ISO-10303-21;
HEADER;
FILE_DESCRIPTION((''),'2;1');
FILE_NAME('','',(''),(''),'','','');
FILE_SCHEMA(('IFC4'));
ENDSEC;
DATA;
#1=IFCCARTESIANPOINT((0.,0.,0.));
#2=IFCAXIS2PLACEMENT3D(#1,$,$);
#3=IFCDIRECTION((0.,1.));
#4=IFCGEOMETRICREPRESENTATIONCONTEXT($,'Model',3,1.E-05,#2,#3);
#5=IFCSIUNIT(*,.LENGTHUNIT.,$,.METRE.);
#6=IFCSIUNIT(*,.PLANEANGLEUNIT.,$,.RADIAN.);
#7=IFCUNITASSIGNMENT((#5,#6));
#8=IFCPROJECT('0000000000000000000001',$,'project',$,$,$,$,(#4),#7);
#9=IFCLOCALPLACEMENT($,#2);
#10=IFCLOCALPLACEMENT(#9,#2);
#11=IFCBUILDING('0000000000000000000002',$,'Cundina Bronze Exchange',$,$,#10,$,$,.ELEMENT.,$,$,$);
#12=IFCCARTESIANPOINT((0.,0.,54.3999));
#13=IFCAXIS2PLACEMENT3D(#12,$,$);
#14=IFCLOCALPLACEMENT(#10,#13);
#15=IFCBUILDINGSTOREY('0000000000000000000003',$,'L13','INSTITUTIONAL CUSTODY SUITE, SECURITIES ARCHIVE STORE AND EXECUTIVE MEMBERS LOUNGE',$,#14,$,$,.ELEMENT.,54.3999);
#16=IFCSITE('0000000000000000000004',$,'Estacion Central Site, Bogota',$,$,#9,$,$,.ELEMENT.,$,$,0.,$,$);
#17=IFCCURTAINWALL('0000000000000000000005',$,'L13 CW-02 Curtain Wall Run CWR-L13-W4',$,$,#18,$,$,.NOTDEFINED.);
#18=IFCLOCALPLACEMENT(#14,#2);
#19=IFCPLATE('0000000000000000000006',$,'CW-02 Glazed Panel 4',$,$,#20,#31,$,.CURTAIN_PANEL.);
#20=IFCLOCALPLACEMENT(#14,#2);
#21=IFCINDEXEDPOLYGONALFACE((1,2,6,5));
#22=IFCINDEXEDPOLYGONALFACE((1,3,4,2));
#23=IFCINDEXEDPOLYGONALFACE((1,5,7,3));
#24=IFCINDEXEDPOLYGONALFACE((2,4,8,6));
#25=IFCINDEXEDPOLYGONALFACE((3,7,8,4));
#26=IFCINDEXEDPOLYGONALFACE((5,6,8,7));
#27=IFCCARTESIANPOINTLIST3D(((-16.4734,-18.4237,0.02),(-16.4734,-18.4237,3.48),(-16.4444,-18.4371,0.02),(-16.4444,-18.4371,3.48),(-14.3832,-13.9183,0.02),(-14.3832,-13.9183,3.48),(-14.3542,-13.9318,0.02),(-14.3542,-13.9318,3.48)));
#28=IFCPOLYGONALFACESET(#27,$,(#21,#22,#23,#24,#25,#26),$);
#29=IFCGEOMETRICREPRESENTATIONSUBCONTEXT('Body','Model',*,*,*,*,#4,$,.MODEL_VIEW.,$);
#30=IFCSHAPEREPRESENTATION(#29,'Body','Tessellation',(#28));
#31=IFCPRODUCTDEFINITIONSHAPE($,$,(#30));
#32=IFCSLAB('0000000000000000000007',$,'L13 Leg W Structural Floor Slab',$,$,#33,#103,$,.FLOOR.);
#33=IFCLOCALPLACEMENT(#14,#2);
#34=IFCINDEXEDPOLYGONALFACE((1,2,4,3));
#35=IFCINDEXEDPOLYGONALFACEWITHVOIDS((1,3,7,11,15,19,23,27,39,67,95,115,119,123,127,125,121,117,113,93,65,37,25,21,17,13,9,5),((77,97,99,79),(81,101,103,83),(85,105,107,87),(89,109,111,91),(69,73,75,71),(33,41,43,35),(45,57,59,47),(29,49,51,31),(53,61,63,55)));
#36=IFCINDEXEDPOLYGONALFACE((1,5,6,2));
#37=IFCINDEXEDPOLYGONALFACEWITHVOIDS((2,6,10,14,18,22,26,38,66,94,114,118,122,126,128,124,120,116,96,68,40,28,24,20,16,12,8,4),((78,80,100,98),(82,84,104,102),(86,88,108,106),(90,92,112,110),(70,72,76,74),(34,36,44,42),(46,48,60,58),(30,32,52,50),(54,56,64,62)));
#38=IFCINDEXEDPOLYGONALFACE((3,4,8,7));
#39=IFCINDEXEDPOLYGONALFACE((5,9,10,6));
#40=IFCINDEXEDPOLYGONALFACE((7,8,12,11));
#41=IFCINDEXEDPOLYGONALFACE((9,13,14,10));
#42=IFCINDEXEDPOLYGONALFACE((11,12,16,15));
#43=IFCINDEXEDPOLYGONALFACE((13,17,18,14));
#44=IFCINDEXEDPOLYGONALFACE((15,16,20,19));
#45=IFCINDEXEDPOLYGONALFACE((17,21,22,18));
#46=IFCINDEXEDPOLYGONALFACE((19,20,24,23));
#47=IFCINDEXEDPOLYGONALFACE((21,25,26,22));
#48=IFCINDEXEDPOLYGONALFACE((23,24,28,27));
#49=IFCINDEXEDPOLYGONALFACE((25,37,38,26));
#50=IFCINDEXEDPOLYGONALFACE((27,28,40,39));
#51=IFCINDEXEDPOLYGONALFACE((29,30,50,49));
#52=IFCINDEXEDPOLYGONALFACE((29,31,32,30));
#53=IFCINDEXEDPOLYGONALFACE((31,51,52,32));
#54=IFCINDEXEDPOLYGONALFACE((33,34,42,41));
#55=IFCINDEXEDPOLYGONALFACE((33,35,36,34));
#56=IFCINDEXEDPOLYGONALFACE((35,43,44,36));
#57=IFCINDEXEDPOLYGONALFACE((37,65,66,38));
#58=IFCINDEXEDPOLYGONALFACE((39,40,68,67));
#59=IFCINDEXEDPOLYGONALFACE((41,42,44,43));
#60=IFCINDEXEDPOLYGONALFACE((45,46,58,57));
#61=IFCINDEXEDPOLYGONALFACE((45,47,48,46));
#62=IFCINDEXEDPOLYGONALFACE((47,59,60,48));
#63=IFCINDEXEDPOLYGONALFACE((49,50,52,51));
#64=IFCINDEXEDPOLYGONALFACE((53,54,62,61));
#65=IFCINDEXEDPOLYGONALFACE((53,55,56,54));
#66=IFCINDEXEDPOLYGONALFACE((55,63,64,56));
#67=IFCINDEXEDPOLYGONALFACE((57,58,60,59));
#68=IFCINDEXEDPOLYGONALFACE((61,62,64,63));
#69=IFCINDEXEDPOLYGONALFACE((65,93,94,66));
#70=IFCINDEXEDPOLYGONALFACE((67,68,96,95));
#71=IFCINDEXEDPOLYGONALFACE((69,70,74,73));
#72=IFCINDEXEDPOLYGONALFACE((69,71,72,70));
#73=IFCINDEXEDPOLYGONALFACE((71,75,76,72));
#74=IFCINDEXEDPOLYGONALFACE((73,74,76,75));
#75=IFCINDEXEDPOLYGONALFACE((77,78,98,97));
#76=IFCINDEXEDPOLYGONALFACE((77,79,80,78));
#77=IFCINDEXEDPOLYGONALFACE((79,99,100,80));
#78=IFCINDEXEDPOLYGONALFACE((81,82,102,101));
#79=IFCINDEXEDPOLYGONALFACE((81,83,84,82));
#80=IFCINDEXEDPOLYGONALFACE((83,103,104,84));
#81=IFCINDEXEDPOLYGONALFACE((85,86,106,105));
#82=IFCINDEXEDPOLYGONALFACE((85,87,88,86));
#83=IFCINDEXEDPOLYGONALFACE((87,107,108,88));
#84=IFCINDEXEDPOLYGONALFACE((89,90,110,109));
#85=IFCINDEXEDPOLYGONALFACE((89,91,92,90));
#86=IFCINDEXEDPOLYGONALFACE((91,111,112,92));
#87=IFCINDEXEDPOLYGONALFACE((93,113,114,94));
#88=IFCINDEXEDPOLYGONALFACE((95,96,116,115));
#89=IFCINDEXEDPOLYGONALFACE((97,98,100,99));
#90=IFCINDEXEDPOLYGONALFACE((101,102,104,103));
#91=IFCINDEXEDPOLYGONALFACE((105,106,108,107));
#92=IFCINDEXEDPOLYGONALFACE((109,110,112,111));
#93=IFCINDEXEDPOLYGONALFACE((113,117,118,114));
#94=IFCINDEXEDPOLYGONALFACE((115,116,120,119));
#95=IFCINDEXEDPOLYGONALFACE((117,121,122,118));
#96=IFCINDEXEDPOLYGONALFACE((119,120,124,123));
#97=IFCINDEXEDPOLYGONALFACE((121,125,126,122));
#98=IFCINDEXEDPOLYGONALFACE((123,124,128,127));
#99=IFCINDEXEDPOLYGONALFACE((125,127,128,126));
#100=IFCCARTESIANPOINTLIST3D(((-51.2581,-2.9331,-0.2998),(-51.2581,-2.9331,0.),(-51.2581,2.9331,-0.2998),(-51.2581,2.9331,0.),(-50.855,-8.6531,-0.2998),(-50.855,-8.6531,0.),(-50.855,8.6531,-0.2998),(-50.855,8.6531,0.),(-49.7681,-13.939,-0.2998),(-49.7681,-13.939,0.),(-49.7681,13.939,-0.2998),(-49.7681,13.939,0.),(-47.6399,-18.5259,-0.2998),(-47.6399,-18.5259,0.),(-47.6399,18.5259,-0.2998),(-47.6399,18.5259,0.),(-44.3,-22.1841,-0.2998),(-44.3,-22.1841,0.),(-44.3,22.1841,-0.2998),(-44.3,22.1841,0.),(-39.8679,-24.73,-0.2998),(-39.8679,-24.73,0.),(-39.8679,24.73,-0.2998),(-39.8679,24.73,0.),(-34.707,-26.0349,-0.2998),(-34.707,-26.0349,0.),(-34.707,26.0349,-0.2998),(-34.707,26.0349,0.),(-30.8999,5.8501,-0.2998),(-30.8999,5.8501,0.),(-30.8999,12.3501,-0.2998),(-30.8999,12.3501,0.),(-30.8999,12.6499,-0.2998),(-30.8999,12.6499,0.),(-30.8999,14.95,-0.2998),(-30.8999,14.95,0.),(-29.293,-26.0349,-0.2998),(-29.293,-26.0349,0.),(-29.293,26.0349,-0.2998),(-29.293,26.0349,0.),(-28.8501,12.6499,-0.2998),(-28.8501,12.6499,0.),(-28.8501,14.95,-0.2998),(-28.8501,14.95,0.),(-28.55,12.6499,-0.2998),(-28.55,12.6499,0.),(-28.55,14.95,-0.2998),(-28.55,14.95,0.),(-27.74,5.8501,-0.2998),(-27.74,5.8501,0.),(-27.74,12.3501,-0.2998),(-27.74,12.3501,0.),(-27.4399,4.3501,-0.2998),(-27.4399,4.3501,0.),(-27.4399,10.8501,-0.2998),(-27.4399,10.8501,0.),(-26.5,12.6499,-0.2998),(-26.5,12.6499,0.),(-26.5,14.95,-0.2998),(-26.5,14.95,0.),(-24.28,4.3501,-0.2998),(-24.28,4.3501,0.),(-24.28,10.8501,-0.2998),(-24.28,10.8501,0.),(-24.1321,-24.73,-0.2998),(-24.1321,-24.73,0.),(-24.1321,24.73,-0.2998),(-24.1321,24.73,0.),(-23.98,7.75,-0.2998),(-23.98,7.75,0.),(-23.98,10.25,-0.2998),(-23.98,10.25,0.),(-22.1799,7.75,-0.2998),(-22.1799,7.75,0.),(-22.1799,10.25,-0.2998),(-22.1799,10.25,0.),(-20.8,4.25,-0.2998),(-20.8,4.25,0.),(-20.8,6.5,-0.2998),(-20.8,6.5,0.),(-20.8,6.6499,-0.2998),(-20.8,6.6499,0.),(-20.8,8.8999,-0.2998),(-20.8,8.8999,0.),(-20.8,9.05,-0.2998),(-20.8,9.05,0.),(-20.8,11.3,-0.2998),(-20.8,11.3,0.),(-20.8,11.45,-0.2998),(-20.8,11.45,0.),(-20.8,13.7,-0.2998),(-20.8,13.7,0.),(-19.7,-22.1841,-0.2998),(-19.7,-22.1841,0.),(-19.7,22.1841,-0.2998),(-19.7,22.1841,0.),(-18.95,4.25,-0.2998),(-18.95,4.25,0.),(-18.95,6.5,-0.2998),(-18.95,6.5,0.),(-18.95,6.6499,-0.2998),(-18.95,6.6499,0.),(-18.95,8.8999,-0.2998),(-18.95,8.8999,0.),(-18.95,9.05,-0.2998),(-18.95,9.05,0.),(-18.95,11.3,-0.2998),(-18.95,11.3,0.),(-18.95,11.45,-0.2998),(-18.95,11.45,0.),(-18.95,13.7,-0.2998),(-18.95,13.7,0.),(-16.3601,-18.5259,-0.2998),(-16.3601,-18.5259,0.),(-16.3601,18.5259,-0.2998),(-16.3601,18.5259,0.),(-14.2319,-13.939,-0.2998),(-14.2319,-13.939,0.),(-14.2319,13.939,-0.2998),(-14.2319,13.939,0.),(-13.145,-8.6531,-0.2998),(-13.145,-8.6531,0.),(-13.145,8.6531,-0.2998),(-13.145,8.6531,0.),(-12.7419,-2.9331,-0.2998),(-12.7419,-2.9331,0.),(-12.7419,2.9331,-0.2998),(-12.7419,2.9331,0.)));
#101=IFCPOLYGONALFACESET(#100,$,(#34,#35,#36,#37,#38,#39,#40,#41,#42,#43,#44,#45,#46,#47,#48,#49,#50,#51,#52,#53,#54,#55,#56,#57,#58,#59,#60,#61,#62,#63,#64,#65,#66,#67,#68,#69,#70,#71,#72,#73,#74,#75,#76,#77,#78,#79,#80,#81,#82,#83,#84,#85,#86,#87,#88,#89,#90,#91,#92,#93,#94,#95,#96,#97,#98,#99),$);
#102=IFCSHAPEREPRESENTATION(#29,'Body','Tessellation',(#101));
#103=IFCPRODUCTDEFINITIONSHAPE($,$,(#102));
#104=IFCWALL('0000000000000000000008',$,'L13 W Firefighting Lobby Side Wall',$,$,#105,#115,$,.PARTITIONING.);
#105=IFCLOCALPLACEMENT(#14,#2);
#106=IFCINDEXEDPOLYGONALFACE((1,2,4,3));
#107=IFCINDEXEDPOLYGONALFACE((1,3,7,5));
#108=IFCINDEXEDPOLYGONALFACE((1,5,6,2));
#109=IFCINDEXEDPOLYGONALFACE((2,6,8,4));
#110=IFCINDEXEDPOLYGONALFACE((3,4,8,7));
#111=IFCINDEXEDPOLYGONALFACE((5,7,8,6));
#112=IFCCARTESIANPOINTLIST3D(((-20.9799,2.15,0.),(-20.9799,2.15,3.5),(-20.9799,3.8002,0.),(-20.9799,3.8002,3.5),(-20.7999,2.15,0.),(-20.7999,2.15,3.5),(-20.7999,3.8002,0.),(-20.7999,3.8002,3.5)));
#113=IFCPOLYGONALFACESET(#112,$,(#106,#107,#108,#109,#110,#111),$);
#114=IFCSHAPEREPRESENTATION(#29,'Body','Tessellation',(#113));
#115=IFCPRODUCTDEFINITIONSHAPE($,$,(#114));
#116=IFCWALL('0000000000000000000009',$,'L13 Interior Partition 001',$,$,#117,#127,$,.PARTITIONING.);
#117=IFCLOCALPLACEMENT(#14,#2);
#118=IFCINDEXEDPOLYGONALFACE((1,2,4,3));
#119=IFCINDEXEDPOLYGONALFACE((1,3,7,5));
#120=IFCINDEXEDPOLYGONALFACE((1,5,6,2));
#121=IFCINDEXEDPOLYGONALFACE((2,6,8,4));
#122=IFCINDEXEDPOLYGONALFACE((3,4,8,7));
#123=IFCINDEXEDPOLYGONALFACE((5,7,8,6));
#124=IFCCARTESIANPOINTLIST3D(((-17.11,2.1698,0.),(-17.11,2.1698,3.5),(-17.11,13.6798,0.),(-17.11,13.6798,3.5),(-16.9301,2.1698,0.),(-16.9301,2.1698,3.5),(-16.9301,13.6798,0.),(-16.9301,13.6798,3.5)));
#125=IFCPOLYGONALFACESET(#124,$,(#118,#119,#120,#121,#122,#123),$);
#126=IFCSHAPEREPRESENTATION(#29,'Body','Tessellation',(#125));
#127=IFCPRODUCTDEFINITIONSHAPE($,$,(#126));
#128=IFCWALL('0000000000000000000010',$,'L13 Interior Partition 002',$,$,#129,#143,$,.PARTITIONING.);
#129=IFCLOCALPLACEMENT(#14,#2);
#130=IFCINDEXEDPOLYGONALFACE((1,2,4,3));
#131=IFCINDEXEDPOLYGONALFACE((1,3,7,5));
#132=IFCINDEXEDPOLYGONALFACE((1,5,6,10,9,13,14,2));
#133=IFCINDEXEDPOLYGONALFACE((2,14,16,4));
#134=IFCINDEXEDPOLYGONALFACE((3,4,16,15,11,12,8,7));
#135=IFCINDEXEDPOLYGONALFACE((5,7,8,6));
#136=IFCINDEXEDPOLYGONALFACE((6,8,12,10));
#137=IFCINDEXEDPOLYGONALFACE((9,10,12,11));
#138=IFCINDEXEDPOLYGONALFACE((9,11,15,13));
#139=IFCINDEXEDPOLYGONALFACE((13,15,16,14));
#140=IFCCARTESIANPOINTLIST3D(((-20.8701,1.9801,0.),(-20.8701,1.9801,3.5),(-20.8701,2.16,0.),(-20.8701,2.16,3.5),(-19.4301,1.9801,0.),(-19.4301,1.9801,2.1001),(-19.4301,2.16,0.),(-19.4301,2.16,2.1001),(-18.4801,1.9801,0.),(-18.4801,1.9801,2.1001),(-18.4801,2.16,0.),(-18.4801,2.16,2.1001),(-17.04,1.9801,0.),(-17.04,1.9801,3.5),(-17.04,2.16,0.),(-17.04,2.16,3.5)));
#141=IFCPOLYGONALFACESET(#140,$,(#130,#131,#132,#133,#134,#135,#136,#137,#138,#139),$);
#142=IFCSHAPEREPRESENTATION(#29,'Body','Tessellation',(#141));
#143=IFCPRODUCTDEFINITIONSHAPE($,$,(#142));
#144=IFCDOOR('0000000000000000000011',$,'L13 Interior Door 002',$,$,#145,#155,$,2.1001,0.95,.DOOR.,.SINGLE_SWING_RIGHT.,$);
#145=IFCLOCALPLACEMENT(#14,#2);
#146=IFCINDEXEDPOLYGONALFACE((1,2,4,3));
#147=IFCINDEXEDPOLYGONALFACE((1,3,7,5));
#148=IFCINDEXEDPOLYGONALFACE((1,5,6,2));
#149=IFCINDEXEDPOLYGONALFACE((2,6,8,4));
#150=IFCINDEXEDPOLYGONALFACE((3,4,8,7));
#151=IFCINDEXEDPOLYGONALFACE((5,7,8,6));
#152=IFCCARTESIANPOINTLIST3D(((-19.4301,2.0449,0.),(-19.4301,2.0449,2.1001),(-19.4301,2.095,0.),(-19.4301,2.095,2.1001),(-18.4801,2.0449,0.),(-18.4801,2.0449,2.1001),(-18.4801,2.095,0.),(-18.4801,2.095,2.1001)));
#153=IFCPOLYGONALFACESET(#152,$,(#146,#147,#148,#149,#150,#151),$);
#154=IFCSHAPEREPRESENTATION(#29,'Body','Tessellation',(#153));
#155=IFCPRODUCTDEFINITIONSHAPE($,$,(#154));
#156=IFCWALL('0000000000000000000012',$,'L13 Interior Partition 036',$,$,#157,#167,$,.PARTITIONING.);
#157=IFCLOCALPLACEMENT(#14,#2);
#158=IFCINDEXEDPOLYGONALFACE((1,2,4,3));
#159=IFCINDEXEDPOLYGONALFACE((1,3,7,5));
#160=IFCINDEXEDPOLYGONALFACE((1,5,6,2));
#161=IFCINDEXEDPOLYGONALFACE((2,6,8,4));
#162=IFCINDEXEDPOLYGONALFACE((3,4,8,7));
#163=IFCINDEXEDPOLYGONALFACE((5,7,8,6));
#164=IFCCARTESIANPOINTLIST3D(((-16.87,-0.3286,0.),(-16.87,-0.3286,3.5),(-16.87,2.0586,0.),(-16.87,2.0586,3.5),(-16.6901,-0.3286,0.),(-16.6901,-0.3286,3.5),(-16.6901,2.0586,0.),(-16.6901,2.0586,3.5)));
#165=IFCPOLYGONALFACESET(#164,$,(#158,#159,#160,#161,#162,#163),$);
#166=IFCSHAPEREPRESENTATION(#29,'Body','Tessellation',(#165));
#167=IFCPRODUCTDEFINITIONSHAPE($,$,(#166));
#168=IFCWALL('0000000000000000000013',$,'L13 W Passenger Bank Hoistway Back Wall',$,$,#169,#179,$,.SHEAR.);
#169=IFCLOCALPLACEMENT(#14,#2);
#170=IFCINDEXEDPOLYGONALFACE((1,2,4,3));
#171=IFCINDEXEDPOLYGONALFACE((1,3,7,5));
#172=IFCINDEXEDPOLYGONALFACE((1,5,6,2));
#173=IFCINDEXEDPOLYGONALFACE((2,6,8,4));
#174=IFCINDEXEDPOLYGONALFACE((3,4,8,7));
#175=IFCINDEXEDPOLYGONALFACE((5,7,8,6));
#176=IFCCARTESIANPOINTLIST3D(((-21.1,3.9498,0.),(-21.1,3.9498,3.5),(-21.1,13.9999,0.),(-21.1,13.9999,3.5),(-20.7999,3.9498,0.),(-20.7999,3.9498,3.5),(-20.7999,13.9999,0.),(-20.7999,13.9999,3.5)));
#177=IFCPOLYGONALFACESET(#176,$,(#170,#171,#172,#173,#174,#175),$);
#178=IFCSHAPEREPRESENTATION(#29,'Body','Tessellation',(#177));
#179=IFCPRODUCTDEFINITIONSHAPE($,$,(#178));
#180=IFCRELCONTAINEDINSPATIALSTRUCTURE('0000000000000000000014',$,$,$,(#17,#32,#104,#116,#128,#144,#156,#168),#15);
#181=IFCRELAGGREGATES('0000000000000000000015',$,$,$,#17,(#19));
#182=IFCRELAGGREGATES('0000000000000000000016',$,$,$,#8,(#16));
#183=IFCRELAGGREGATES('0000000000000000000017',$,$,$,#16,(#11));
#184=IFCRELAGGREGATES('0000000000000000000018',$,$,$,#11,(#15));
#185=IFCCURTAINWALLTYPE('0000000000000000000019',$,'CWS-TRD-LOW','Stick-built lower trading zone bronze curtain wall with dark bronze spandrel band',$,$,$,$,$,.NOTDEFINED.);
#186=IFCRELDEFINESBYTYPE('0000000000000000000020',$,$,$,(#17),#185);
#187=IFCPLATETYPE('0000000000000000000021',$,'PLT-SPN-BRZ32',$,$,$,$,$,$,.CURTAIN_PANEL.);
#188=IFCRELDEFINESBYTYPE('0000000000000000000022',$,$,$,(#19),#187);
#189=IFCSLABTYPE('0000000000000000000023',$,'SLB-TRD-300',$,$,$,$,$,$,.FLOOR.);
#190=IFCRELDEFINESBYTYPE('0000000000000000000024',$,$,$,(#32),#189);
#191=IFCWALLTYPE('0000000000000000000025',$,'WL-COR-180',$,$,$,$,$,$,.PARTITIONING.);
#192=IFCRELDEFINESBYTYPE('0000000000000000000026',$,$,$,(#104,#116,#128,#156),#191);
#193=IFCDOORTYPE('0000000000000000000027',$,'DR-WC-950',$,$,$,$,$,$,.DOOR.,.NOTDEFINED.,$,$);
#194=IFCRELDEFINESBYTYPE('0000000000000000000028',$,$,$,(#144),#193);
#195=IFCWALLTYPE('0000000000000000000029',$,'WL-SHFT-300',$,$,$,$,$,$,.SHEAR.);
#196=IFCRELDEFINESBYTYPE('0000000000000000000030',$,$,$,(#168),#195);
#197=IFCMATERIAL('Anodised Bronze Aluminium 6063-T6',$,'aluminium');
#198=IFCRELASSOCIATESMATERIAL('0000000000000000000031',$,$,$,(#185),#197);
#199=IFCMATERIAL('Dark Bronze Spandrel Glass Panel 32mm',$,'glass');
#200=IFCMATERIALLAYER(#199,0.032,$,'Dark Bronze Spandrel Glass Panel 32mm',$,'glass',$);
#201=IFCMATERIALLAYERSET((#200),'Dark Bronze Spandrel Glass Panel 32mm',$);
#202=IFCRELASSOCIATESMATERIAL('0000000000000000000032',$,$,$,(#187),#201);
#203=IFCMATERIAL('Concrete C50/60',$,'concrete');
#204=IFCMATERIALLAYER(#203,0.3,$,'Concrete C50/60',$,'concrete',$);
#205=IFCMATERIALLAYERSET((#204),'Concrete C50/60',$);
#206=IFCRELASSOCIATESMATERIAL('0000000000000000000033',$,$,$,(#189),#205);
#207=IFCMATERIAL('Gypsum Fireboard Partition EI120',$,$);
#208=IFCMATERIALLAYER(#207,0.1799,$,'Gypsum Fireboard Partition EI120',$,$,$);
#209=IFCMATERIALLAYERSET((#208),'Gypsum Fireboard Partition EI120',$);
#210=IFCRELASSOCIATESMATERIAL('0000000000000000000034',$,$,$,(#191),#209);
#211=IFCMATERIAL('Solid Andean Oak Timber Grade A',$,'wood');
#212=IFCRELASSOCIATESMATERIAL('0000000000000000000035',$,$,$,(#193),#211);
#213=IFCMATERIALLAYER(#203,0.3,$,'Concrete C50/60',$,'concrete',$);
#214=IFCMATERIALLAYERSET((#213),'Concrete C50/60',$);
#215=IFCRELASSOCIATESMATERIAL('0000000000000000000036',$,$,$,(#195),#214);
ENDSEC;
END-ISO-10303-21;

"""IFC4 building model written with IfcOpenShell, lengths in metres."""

from ifc_helpers import new_model, si_unit, direction, frame, frame_2d, origin, origin_2d, place, context, subcontext, project, spatial, polyline, rectangle, outline, extrude, material, layer, layer_set, type_object, element, fill, aggregate, save


model = new_model("IFC4")

# Units and contexts
model_context = context("Model", 3, precision=1e-05, world=origin(), true_north=direction((0.0, 1.0)))
body_context = subcontext(model_context, "Body", "Model", "MODEL_VIEW")
ifc_project = project(units=[si_unit("LENGTHUNIT", "METRE"), si_unit("PLANEANGLEUNIT", "RADIAN")], contexts=[model_context])

# Site, building, storey
site_placement = place(None, origin())
site = spatial("IfcSite", under=ifc_project, at=site_placement, Name="Estacion Central Site, Bogota", CompositionType="ELEMENT", RefElevation=0.0)
building_placement = place(site_placement, origin())
building = spatial("IfcBuilding", under=site, at=building_placement, Name="Cundina Bronze Exchange", CompositionType="ELEMENT")
storey_placement = place(building_placement, frame((0.0, 0.0, 54.3999)))
storey = spatial("IfcBuildingStorey", under=building, at=storey_placement, Name="L13", Description="INSTITUTIONAL CUSTODY SUITE, SECURITIES ARCHIVE STORE AND EXECUTIVE MEMBERS LOUNGE", CompositionType="ELEMENT", Elevation=54.3999)

# Shared definitions
ifc_material_1 = material(Name="Anodised Bronze Aluminium 6063-T6", Category="aluminium")
curtain_wall_type = type_object("IfcCurtainWallType", Name="CWS-TRD-LOW", Description="Stick-built lower trading zone bronze curtain wall with dark bronze spandrel band", PredefinedType="NOTDEFINED", material=ifc_material_1)

# Curtain wall
curtain_wall_1_placement = place(storey_placement, origin())
curtain_wall_1 = element("IfcCurtainWall", 1, at=curtain_wall_1_placement, inside=storey, type_object=curtain_wall_type, Name="L13 CW-02 Curtain Wall Run CWR-L13-W4", PredefinedType="NOTDEFINED")

# Plate
ifc_material_2 = material(Name="Dark Bronze Spandrel Glass Panel 32mm", Category="glass")
ifc_layer_1 = layer(ifc_material_2, 0.032, Name="Dark Bronze Spandrel Glass Panel 32mm", Category="glass")
ifc_layer_set_1 = layer_set([ifc_layer_1], Name="Dark Bronze Spandrel Glass Panel 32mm")
plate_type_1 = type_object("IfcPlateType", Name="PLT-SPN-BRZ32", PredefinedType="CURTAIN_PANEL", material=ifc_layer_set_1)
plate_1_placement = place(storey_placement, frame((-15.4138, -16.1777, 0.02), z_axis=(0.0, 0.0, 1.0), x_axis=(0.420846, 0.907132, 0.0)))
plate_1 = element("IfcPlate", 2, at=plate_1_placement, type_object=plate_type_1, Name="CW-02 Glazed Panel 4", PredefinedType="CURTAIN_PANEL", context=body_context, shape_type="SweptSolid", body=[
    extrude(rectangle(XDim=4.9666, YDim=0.032, at=origin_2d()), origin(), (0.0, 0.0, 1.0), 3.46),
])
aggregate(curtain_wall_1, [plate_1])

# Slab
ifc_material_3 = material(Name="Concrete C50/60", Category="concrete")
ifc_layer_2 = layer(ifc_material_3, 0.3, Name="Concrete C50/60", Category="concrete")
ifc_layer_set_2 = layer_set([ifc_layer_2], Name="Concrete C50/60")
slab_type = type_object("IfcSlabType", Name="SLB-TRD-300", PredefinedType="FLOOR", material=ifc_layer_set_2)
slab_placement = place(storey_placement, frame((0.0, 0.0, -0.2998)))
element("IfcSlab", 3, at=slab_placement, inside=storey, type_object=slab_type, Name="L13 Leg W Structural Floor Slab", PredefinedType="FLOOR", context=body_context, shape_type="SweptSolid", body=[
    extrude(outline(polyline([(-12.7419, 2.9331), (-13.145, 8.6531), (-14.2319, 13.939), (-16.3601, 18.5259), (-19.7, 22.1841), (-24.1321, 24.73), (-29.293, 26.0349), (-34.707, 26.0349), (-39.8679, 24.73), (-44.3, 22.1841), (-47.6399, 18.5259), (-49.7681, 13.939), (-50.855, 8.6531), (-51.2581, 2.9331), (-51.2581, -2.9331), (-50.855, -8.6531), (-49.7681, -13.939), (-47.6399, -18.5259), (-44.3, -22.1841), (-39.8679, -24.73), (-34.707, -26.0349), (-29.293, -26.0349), (-24.1321, -24.73), (-19.7, -22.1841), (-16.3601, -18.5259), (-14.2319, -13.939), (-13.145, -8.6531), (-12.7419, -2.9331), (-12.7419, 2.9331)]), holes=[polyline([(-27.74, 5.8501), (-27.74, 12.3501), (-30.8999, 12.3501), (-30.8999, 5.8501), (-27.74, 5.8501)]), polyline([(-27.4399, 10.8501), (-27.4399, 4.3501), (-24.28, 4.3501), (-24.28, 10.8501), (-27.4399, 10.8501)]), polyline([(-23.98, 10.25), (-22.1799, 10.25), (-22.1799, 7.75), (-23.98, 7.75), (-23.98, 10.25)]), polyline([(-30.8999, 14.95), (-28.8501, 14.95), (-28.8501, 12.6499), (-30.8999, 12.6499), (-30.8999, 14.95)]), polyline([(-28.55, 14.95), (-26.5, 14.95), (-26.5, 12.6499), (-28.55, 12.6499), (-28.55, 14.95)]), polyline([(-20.8, 13.7), (-18.95, 13.7), (-18.95, 11.45), (-20.8, 11.45), (-20.8, 13.7)]), polyline([(-20.8, 11.3), (-18.95, 11.3), (-18.95, 9.05), (-20.8, 9.05), (-20.8, 11.3)]), polyline([(-20.8, 8.8999), (-18.95, 8.8999), (-18.95, 6.6499), (-20.8, 6.6499), (-20.8, 8.8999)]), polyline([(-20.8, 6.5), (-18.95, 6.5), (-18.95, 4.25), (-20.8, 4.25), (-20.8, 6.5)])]), origin(), (0.0, 0.0, 1.0), 0.2998),
])

# Walls
ifc_material_4 = material(Name="Gypsum Fireboard Partition EI120")
ifc_layer_3 = layer(ifc_material_4, 0.1799, Name="Gypsum Fireboard Partition EI120")
ifc_layer_set_3 = layer_set([ifc_layer_3], Name="Gypsum Fireboard Partition EI120")
wall_type_1 = type_object("IfcWallType", Name="WL-COR-180", PredefinedType="PARTITIONING", material=ifc_layer_set_3)
wall_1_placement = place(storey_placement, frame((-20.8899, 2.1499, 0.0), z_axis=(0.0, 0.0, 1.0), x_axis=(0.0, 1.0, 0.0)))
element("IfcWall", 4, at=wall_1_placement, inside=storey, type_object=wall_type_1, Name="L13 W Firefighting Lobby Side Wall", PredefinedType="PARTITIONING", context=body_context, shape_type="SweptSolid", body=[
    extrude(rectangle(XDim=1.6501, YDim=0.1799, at=frame_2d((0.8252, 0.0))), origin(), (0.0, 0.0, 1.0), 3.5),
])
wall_2_placement = place(storey_placement, frame((-17.02, 2.1699, 0.0), z_axis=(0.0, 0.0, 1.0), x_axis=(0.0, 1.0, 0.0)))
element("IfcWall", 5, at=wall_2_placement, inside=storey, type_object=wall_type_1, Name="L13 Interior Partition 001", PredefinedType="PARTITIONING", context=body_context, shape_type="SweptSolid", body=[
    extrude(rectangle(XDim=11.51, YDim=0.1799, at=frame_2d((5.7549, 0.0))), origin(), (0.0, 0.0, 1.0), 3.5),
])

# Wall, opening, door
wall_3_placement = place(storey_placement, frame((-20.8701, 2.0701, 0.0), z_axis=(0.0, 0.0, 1.0), x_axis=(1.0, 0.0, 0.0)))
wall_3 = element("IfcWall", 6, at=wall_3_placement, inside=storey, type_object=wall_type_1, Name="L13 Interior Partition 002", PredefinedType="PARTITIONING", context=body_context, shape_type="SweptSolid", body=[
    extrude(rectangle(XDim=3.8301, YDim=0.1799, at=frame_2d((1.915, 0.0))), origin(), (0.0, 0.0, 1.0), 3.5),
])
opening_placement = place(wall_3_placement, frame((1.4399, 0.0, 0.0)))
opening = element("IfcOpeningElement", 7, at=opening_placement, cuts=wall_3, PredefinedType="OPENING", context=body_context, shape_type="SweptSolid", body=[
    extrude(rectangle(XDim=0.95, YDim=2.1001, at=frame_2d((0.4751, 1.05))), frame((0.0, 0.0999, 0.0), z_axis=(0.0, -1.0, 0.0), x_axis=(1.0, 0.0, 0.0)), (0.0, 0.0, 1.0), 0.2),
])
ifc_material_5 = material(Name="Solid Andean Oak Timber Grade A", Category="wood")
door_type = type_object("IfcDoorType", Name="DR-WC-950", OperationType="NOTDEFINED", PredefinedType="DOOR", material=ifc_material_5)
door_placement = place(opening_placement, origin())
door = element("IfcDoor", 8, at=door_placement, inside=storey, type_object=door_type, Name="L13 Interior Door 002", OperationType="SINGLE_SWING_RIGHT", OverallHeight=2.1001, OverallWidth=0.95, PredefinedType="DOOR", context=body_context, shape_type="SweptSolid", body=[
    extrude(rectangle(XDim=0.95, YDim=2.1001, at=frame_2d((0.4751, 1.05))), frame((0.0, 0.0249, 0.0), z_axis=(0.0, -1.0, 0.0), x_axis=(1.0, 0.0, 0.0)), (0.0, 0.0, 1.0), 0.05),
])
fill(opening, door)

# Walls
wall_4_placement = place(storey_placement, frame((-16.78, -0.3286, 0.0), z_axis=(0.0, 0.0, 1.0), x_axis=(0.0, 1.0, 0.0)))
element("IfcWall", 9, at=wall_4_placement, inside=storey, type_object=wall_type_1, Name="L13 Interior Partition 036", PredefinedType="PARTITIONING", context=body_context, shape_type="SweptSolid", body=[
    extrude(rectangle(XDim=2.3872, YDim=0.1799, at=frame_2d((1.1936, 0.0))), origin(), (0.0, 0.0, 1.0), 3.5),
])
ifc_layer_4 = layer(ifc_material_3, 0.3, Name="Concrete C50/60", Category="concrete")
ifc_layer_set_4 = layer_set([ifc_layer_4], Name="Concrete C50/60")
wall_type_2 = type_object("IfcWallType", Name="WL-SHFT-300", PredefinedType="SHEAR", material=ifc_layer_set_4)
wall_5_placement = place(storey_placement, frame((-20.95, 3.95, 0.0), z_axis=(0.0, 0.0, 1.0), x_axis=(0.0, 1.0, 0.0)))
element("IfcWall", 10, at=wall_5_placement, inside=storey, type_object=wall_type_2, Name="L13 W Passenger Bank Hoistway Back Wall", PredefinedType="SHEAR", context=body_context, shape_type="SweptSolid", body=[
    extrude(rectangle(XDim=10.05, YDim=0.3, at=frame_2d((5.0249, 0.0))), origin(), (0.0, 0.0, 1.0), 3.5),
])

save(model, "model.ifc")
